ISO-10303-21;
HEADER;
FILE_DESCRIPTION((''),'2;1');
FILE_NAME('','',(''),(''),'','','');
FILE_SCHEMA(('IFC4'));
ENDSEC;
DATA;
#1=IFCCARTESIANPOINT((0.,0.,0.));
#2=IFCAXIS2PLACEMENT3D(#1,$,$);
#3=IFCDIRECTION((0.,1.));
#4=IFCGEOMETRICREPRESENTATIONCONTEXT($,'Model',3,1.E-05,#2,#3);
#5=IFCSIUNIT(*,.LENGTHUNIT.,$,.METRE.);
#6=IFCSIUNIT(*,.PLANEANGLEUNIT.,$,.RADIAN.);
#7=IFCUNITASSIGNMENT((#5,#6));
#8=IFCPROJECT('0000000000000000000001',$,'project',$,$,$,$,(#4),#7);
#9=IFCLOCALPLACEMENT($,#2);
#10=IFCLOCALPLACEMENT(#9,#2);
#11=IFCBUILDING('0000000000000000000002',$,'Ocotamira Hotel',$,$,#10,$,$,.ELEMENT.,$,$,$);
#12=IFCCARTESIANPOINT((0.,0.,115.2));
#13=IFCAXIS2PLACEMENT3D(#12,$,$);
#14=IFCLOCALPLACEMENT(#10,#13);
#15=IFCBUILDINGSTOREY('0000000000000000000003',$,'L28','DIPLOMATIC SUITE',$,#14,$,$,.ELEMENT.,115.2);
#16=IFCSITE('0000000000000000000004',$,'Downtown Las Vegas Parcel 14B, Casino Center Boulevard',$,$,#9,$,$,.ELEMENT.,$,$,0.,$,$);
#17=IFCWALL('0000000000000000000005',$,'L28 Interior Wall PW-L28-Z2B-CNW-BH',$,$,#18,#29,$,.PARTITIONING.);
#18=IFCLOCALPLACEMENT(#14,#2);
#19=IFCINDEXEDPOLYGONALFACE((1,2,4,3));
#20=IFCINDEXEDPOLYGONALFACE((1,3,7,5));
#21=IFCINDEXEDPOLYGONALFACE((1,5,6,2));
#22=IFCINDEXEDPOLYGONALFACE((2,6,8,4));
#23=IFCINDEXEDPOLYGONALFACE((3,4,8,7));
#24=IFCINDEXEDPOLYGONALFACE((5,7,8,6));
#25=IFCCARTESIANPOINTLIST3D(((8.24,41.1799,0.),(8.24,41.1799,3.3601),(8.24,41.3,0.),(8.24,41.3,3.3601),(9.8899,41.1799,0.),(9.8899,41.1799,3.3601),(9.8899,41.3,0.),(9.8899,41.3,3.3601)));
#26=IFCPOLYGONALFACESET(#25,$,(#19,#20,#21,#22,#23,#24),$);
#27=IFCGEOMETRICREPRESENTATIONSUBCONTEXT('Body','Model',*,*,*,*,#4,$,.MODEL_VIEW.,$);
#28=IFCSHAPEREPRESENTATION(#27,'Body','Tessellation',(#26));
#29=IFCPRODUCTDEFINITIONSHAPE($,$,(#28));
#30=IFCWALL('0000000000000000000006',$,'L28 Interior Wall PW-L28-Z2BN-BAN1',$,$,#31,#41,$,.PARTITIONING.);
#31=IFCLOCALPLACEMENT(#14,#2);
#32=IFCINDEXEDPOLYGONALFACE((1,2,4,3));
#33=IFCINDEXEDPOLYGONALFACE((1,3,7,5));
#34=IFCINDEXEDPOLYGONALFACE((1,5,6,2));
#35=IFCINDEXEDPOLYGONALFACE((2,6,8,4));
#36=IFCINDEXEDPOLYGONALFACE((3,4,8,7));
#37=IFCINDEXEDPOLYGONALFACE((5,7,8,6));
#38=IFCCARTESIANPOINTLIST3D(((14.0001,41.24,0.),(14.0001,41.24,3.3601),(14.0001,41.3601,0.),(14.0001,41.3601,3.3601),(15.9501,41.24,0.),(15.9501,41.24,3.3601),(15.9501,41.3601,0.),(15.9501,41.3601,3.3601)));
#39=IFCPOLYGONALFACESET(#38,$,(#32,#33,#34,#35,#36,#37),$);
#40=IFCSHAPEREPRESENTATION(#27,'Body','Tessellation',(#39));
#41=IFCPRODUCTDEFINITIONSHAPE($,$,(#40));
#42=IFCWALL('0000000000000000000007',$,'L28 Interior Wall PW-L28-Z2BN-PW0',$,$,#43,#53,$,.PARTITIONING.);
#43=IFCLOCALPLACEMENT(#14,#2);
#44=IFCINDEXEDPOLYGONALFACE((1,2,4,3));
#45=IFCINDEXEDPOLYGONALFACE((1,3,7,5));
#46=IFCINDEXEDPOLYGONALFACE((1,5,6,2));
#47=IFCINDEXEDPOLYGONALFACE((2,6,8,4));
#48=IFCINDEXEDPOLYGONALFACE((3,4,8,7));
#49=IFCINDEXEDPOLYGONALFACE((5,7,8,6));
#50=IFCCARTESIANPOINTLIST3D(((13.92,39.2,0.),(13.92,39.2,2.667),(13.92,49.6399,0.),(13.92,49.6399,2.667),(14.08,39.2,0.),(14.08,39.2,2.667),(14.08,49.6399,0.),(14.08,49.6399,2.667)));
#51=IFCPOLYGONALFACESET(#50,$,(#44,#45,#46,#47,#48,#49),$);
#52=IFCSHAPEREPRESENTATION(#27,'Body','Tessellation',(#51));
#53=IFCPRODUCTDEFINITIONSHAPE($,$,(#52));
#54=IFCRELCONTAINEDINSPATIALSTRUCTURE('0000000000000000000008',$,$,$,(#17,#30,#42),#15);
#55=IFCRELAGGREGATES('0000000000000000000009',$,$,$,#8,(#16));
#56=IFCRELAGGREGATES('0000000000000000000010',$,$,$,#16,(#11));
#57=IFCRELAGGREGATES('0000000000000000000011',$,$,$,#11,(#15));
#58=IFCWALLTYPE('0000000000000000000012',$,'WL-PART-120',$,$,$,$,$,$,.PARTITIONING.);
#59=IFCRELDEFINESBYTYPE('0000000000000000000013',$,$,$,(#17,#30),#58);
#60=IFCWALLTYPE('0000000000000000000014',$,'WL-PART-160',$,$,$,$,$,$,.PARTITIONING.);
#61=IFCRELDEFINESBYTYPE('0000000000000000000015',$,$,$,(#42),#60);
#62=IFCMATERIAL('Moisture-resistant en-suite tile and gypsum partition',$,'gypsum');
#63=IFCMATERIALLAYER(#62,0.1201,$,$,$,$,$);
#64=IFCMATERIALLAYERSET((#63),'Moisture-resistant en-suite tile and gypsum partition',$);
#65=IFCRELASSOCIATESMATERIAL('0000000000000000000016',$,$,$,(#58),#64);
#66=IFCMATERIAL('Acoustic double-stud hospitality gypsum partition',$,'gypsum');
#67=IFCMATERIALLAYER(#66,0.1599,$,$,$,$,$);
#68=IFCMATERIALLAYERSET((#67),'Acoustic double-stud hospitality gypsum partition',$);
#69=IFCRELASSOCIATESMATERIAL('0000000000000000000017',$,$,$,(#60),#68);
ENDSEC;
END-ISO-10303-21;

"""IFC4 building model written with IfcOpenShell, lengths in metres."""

from ifc_helpers import new_model, si_unit, direction, frame, frame_2d, origin, place, context, subcontext, project, spatial, rectangle, extrude, material, layer, layer_set, type_object, element, save


model = new_model("IFC4")

# Units and contexts
model_context = context("Model", 3, precision=1e-05, world=origin(), true_north=direction((0.0, 1.0)))
body_context = subcontext(model_context, "Body", "Model", "MODEL_VIEW")
ifc_project = project(units=[si_unit("LENGTHUNIT", "METRE"), si_unit("PLANEANGLEUNIT", "RADIAN")], contexts=[model_context])

# Site, building, storey
site_placement = place(None, origin())
site = spatial("IfcSite", under=ifc_project, at=site_placement, Name="Downtown Las Vegas Parcel 14B, Casino Center Boulevard", CompositionType="ELEMENT", RefElevation=0.0)
building_placement = place(site_placement, origin())
building = spatial("IfcBuilding", under=site, at=building_placement, Name="Ocotamira Hotel", CompositionType="ELEMENT")
storey_placement = place(building_placement, frame((0.0, 0.0, 115.2)))
storey = spatial("IfcBuildingStorey", under=building, at=storey_placement, Name="L28", Description="DIPLOMATIC SUITE", CompositionType="ELEMENT", Elevation=115.2)

# Shared definitions
ifc_material_1 = material(Name="Moisture-resistant en-suite tile and gypsum partition", Category="gypsum")
ifc_layer_1 = layer(ifc_material_1, 0.1201)
ifc_layer_set_1 = layer_set([ifc_layer_1], Name="Moisture-resistant en-suite tile and gypsum partition")
wall_type_1 = type_object("IfcWallType", Name="WL-PART-120", PredefinedType="PARTITIONING", material=ifc_layer_set_1)

# Walls
wall_1_placement = place(storey_placement, frame((8.24, 41.24, 0.0), z_axis=(0.0, 0.0, 1.0), x_axis=(1.0, 0.0, 0.0)))
element("IfcWall", 1, at=wall_1_placement, inside=storey, type_object=wall_type_1, Name="L28 Interior Wall PW-L28-Z2B-CNW-BH", PredefinedType="PARTITIONING", context=body_context, shape_type="SweptSolid", body=[
    extrude(rectangle(XDim=1.6499, YDim=0.1201, at=frame_2d((0.825, 0.0))), origin(), (0.0, 0.0, 1.0), 3.3601),
])
wall_2_placement = place(storey_placement, frame((14.0, 41.3, 0.0), z_axis=(0.0, 0.0, 1.0), x_axis=(1.0, 0.0, 0.0)))
element("IfcWall", 2, at=wall_2_placement, inside=storey, type_object=wall_type_1, Name="L28 Interior Wall PW-L28-Z2BN-BAN1", PredefinedType="PARTITIONING", context=body_context, shape_type="SweptSolid", body=[
    extrude(rectangle(XDim=1.95, YDim=0.1201, at=frame_2d((0.9751, 0.0))), origin(), (0.0, 0.0, 1.0), 3.3601),
])
ifc_material_2 = material(Name="Acoustic double-stud hospitality gypsum partition", Category="gypsum")
ifc_layer_2 = layer(ifc_material_2, 0.1599)
ifc_layer_set_2 = layer_set([ifc_layer_2], Name="Acoustic double-stud hospitality gypsum partition")
wall_type_2 = type_object("IfcWallType", Name="WL-PART-160", PredefinedType="PARTITIONING", material=ifc_layer_set_2)
wall_3_placement = place(storey_placement, frame((14.0, 39.2, 0.0), z_axis=(0.0, 0.0, 1.0), x_axis=(0.0, 1.0, 0.0)))
element("IfcWall", 3, at=wall_3_placement, inside=storey, type_object=wall_type_2, Name="L28 Interior Wall PW-L28-Z2BN-PW0", PredefinedType="PARTITIONING", context=body_context, shape_type="SweptSolid", body=[
    extrude(rectangle(XDim=10.4399, YDim=0.1599, at=frame_2d((5.22, 0.0))), origin(), (0.0, 0.0, 1.0), 2.667),
])

save(model, "model.ifc")
